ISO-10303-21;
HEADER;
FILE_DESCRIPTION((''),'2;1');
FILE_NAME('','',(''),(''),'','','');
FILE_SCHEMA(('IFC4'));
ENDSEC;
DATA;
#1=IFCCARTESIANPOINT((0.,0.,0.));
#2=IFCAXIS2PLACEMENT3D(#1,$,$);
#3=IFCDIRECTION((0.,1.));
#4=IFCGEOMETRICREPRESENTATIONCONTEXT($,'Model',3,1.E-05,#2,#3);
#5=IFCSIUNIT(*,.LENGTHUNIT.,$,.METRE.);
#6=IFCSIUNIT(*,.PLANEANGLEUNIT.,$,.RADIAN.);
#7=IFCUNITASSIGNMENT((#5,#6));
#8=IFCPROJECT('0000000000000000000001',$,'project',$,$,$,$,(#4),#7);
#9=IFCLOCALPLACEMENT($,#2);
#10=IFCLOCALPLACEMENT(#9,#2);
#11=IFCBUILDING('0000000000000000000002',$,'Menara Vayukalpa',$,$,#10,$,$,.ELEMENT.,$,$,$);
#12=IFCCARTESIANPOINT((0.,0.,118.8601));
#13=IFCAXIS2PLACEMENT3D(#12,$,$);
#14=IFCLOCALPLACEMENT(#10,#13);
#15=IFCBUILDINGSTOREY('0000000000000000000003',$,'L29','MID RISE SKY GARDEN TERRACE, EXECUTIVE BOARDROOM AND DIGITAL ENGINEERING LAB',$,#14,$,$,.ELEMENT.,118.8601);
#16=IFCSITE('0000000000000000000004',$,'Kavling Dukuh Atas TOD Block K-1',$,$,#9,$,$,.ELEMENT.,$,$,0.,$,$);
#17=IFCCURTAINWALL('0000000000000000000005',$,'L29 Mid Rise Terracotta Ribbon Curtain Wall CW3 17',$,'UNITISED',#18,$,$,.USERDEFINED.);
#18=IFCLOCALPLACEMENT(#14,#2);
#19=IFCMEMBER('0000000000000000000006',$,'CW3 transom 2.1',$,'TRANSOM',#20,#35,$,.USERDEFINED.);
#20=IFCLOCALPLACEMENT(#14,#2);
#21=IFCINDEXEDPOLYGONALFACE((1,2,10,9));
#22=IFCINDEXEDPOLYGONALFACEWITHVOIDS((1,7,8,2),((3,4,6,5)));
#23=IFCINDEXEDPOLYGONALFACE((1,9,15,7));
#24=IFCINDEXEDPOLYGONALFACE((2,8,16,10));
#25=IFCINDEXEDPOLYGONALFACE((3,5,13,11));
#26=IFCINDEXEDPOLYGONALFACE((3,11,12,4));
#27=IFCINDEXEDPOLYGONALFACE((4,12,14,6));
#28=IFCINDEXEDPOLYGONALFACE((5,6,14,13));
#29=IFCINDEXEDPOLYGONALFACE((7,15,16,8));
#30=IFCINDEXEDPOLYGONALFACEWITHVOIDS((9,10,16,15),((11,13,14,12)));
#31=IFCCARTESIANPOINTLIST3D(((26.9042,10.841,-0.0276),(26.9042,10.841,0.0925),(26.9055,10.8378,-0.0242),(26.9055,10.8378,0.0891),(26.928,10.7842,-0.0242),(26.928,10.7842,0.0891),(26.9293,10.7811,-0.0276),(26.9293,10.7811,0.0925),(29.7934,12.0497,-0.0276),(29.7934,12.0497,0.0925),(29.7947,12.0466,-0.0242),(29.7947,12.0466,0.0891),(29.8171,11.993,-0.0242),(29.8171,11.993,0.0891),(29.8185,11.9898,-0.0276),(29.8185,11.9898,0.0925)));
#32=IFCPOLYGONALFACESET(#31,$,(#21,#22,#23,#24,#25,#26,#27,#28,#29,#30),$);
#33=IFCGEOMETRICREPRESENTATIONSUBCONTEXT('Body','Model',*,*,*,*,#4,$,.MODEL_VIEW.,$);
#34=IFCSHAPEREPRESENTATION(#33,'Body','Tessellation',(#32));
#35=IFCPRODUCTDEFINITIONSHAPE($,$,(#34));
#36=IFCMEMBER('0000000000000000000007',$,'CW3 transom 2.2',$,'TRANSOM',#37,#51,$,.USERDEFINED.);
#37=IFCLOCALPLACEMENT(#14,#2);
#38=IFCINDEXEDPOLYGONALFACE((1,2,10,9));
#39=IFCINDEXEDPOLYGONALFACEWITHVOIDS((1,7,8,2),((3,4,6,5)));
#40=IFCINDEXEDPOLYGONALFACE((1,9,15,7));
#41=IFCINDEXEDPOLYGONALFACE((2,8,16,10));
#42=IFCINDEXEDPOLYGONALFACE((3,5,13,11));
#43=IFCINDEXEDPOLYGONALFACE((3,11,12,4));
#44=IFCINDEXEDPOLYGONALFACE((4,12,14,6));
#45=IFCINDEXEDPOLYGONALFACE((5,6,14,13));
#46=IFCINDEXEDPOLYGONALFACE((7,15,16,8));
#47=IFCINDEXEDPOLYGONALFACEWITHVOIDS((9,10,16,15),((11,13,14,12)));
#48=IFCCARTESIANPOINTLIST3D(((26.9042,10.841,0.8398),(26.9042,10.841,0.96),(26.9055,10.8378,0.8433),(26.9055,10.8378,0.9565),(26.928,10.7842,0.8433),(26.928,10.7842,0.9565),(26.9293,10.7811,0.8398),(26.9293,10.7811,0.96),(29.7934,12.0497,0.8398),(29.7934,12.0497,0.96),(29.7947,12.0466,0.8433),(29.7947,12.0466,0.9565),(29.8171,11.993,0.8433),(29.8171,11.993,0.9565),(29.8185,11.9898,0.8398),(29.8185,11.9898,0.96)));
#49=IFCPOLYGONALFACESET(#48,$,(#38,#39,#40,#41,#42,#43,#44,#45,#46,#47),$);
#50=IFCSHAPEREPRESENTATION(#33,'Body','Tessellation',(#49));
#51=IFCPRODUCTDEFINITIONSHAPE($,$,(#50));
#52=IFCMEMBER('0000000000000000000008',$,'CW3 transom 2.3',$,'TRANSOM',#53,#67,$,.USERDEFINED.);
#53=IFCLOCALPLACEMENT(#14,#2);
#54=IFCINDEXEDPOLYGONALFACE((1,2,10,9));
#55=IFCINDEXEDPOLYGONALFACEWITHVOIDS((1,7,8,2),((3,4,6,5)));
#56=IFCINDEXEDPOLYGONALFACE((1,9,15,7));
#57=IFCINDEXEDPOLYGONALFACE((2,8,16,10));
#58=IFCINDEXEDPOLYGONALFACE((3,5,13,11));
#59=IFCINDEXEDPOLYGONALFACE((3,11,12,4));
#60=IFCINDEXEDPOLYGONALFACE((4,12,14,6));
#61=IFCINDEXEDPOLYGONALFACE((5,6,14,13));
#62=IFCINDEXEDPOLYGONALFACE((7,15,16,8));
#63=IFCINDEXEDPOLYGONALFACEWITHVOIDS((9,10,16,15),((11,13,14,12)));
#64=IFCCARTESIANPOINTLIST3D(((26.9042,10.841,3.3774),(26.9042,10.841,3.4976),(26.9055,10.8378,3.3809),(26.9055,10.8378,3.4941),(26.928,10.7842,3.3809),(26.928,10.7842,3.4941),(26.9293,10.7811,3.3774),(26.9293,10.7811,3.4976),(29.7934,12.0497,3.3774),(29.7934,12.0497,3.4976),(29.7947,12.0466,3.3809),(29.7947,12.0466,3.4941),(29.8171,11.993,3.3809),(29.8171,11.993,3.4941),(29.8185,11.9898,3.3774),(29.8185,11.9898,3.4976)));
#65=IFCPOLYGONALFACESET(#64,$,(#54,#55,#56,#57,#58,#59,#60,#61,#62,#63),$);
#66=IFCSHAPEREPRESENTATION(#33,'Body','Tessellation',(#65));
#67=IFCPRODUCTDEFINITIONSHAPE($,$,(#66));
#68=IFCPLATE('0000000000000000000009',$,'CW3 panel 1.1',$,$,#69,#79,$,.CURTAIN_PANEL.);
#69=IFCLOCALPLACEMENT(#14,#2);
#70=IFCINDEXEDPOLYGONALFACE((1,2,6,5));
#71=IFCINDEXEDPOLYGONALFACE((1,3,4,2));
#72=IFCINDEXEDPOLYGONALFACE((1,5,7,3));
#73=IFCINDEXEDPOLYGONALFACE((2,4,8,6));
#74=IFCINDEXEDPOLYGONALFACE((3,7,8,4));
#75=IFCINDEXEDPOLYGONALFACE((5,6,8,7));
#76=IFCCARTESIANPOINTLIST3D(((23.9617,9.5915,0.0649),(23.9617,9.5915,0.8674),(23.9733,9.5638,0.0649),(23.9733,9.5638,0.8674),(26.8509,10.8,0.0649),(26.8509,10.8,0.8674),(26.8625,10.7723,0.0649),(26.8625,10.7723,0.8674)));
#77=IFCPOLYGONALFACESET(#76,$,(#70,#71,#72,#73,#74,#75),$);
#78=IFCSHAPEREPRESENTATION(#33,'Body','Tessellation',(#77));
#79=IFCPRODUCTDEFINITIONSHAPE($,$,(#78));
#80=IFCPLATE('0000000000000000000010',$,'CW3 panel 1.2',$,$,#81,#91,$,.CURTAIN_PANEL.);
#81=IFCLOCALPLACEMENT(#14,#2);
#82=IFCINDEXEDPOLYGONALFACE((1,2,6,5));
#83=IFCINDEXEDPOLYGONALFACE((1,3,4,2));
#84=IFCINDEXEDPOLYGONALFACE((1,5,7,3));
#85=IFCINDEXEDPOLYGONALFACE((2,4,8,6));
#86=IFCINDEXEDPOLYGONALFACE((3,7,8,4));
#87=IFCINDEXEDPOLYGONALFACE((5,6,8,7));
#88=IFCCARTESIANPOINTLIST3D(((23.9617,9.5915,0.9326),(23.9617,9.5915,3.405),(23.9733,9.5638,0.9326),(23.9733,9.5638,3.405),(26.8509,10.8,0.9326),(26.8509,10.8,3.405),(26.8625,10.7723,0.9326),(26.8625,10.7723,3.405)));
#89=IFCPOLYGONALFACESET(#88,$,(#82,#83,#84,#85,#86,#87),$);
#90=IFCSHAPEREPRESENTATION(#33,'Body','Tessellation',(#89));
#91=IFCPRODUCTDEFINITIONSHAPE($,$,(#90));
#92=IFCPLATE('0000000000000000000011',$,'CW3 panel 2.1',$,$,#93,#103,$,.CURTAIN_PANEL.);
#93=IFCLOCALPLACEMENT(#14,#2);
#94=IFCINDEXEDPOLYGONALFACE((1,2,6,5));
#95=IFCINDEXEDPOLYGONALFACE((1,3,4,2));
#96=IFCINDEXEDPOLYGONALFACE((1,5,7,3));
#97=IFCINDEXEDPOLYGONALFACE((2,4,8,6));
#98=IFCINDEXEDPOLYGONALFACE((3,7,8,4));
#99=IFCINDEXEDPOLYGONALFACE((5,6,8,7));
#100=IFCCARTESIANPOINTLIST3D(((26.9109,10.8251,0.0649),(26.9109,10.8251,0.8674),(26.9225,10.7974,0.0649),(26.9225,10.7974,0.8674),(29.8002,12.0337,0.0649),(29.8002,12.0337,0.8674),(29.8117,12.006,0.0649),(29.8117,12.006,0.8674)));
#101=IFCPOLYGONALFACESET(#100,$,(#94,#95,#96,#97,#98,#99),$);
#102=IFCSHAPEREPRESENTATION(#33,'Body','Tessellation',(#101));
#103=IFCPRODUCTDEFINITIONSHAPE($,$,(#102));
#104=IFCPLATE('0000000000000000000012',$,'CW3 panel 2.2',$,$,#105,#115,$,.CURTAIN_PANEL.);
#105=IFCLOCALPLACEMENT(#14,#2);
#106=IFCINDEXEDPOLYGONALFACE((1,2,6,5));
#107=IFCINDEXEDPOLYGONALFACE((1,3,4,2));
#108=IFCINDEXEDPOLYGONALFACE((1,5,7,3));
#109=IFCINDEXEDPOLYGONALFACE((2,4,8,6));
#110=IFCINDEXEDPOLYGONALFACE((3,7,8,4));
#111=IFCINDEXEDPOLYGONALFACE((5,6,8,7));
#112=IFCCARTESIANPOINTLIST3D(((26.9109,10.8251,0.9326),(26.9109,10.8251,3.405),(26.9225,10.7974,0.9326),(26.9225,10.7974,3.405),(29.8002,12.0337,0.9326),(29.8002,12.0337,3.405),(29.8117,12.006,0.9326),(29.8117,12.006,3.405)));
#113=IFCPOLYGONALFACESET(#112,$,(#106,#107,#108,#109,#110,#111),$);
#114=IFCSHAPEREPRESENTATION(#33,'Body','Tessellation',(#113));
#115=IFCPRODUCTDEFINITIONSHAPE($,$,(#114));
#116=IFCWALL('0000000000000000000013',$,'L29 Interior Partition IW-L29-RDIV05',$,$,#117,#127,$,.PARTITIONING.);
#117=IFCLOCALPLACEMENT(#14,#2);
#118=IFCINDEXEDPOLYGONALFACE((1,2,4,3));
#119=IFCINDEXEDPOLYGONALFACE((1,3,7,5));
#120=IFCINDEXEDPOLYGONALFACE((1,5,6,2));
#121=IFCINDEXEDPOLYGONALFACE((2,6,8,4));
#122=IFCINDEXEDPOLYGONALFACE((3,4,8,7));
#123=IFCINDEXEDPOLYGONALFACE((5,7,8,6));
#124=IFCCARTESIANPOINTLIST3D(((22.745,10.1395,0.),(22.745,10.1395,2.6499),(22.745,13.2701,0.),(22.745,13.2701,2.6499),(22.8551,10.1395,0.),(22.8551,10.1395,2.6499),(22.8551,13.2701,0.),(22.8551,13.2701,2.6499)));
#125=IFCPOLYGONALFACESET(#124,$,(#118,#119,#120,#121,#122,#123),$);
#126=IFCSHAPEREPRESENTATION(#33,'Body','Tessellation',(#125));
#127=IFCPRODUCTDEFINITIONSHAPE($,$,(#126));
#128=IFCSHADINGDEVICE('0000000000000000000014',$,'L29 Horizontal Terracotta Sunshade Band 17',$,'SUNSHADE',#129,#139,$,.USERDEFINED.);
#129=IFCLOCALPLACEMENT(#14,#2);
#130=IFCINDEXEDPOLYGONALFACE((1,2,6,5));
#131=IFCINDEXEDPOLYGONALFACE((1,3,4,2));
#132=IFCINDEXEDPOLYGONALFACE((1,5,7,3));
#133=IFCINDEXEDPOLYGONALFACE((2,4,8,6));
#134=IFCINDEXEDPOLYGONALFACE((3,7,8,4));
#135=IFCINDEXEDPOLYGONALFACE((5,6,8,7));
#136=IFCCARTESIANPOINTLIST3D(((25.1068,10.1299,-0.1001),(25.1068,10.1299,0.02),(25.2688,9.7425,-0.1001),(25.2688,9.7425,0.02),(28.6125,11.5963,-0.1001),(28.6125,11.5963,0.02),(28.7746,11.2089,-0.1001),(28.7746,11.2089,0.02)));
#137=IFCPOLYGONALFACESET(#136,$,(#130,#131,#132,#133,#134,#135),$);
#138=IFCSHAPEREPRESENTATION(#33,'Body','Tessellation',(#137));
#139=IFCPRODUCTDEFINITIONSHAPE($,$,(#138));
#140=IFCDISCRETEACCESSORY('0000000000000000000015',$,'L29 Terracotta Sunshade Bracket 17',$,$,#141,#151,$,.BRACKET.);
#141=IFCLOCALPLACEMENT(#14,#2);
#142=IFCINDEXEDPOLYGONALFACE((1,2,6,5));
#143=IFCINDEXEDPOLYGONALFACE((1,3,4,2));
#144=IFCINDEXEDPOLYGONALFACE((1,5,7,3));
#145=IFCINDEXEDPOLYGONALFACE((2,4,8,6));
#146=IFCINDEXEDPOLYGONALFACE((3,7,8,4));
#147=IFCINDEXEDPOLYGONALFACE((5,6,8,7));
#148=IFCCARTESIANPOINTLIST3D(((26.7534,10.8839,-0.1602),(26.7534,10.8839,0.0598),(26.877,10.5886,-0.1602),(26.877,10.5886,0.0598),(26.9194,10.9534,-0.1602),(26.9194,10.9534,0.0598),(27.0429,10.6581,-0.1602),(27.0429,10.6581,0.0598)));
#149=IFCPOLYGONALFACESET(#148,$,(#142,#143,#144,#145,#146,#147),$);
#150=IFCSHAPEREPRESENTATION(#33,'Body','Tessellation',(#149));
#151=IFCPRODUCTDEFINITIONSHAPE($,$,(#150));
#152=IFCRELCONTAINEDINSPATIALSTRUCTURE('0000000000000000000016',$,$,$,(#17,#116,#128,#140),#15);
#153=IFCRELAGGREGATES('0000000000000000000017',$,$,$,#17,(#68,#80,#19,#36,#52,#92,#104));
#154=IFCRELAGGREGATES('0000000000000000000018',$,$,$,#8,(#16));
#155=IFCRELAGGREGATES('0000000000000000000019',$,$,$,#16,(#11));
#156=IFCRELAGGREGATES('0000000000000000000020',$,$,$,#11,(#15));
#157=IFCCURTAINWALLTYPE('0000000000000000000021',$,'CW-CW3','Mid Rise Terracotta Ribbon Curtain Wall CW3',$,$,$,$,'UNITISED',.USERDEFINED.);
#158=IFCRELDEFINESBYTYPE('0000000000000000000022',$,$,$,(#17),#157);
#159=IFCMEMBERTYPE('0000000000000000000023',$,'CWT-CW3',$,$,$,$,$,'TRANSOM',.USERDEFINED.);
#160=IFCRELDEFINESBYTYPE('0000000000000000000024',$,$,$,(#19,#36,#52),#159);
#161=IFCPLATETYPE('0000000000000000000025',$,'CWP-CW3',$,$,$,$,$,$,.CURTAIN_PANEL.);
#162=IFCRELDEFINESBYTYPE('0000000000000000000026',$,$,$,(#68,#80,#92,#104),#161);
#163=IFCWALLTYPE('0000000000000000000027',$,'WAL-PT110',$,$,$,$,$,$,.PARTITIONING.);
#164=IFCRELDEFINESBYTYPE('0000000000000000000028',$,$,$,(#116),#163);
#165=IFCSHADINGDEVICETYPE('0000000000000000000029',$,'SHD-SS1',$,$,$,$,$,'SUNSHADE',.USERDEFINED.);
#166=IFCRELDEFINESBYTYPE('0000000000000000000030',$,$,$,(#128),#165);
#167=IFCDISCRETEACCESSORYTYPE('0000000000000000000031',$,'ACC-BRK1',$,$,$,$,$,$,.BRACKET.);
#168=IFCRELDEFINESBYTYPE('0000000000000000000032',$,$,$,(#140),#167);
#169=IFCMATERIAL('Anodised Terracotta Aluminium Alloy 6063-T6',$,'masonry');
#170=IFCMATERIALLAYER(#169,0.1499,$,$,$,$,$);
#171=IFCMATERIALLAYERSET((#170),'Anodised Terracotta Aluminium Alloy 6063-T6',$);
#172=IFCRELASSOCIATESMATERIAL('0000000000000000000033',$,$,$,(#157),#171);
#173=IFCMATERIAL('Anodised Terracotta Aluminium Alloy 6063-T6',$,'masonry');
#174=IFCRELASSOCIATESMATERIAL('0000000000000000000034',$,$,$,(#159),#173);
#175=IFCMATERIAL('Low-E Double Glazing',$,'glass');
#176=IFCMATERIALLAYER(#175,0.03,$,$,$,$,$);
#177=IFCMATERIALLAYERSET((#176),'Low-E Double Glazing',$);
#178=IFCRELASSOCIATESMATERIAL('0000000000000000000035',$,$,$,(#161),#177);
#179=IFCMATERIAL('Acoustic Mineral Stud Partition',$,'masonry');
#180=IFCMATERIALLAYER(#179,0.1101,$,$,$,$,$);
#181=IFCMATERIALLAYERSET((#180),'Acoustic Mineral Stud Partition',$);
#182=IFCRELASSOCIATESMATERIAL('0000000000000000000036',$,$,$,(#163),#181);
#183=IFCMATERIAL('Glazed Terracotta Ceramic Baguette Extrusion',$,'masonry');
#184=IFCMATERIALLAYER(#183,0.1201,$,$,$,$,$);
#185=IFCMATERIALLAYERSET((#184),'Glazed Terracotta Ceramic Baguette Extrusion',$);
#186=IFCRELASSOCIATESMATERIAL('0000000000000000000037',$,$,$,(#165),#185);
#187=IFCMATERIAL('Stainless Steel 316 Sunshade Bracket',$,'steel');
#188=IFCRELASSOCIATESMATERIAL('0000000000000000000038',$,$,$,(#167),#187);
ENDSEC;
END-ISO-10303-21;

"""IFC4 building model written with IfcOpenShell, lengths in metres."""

from ifc_helpers import new_model, si_unit, direction, frame, frame_2d, origin, origin_2d, place, context, subcontext, project, spatial, rectangle, hollow_rectangle, extrude, material, layer, layer_set, material_profile, profile_set, type_object, element, aggregate, save


model = new_model("IFC4")

# Units and contexts
model_context = context("Model", 3, precision=1e-05, world=origin(), true_north=direction((0.0, 1.0)))
body_context = subcontext(model_context, "Body", "Model", "MODEL_VIEW")
ifc_project = project(units=[si_unit("LENGTHUNIT", "METRE"), si_unit("PLANEANGLEUNIT", "RADIAN")], contexts=[model_context])

# Site, building, storey
site_placement = place(None, origin())
site = spatial("IfcSite", under=ifc_project, at=site_placement, Name="Kavling Dukuh Atas TOD Block K-1", CompositionType="ELEMENT", RefElevation=0.0)
building_placement = place(site_placement, origin())
building = spatial("IfcBuilding", under=site, at=building_placement, Name="Menara Vayukalpa", CompositionType="ELEMENT")
storey_placement = place(building_placement, frame((0.0, 0.0, 118.8601)))
storey = spatial("IfcBuildingStorey", under=building, at=storey_placement, Name="L29", Description="MID RISE SKY GARDEN TERRACE, EXECUTIVE BOARDROOM AND DIGITAL ENGINEERING LAB", CompositionType="ELEMENT", Elevation=118.8601)

# Shared definitions
ifc_material_1 = material(Name="Anodised Terracotta Aluminium Alloy 6063-T6", Category="masonry")
ifc_layer_1 = layer(ifc_material_1, 0.1499)
ifc_layer_set_1 = layer_set([ifc_layer_1], Name="Anodised Terracotta Aluminium Alloy 6063-T6")
curtain_wall_type = type_object("IfcCurtainWallType", Name="CW-CW3", Description="Mid Rise Terracotta Ribbon Curtain Wall CW3", ElementType="UNITISED", PredefinedType="USERDEFINED", material=ifc_layer_set_1)

# Curtain wall, members, plates
curtain_wall_1_placement = place(storey_placement, origin())
curtain_wall_1 = element("IfcCurtainWall", 1, at=curtain_wall_1_placement, inside=storey, type_object=curtain_wall_type, Name="L29 Mid Rise Terracotta Ribbon Curtain Wall CW3 17", ObjectType="UNITISED", PredefinedType="USERDEFINED")
ifc_material_2 = material(Name="Anodised Terracotta Aluminium Alloy 6063-T6", Category="masonry")
ifc_material_profile_1 = material_profile(ifc_material_2, hollow_rectangle(XDim=0.0649, YDim=0.1201, WallThickness=0.0034, at=origin_2d()), Name="ALU 65x120x3.5")
ifc_profile_set_1 = profile_set([ifc_material_profile_1], Name="Anodised Terracotta Aluminium Alloy 6063-T6")
member_type_1 = type_object("IfcMemberType", Name="CWT-CW3", ElementType="TRANSOM", PredefinedType="USERDEFINED", material=ifc_profile_set_1)
member_1_placement = place(storey_placement, frame((26.9167, 10.811, 0.0325), z_axis=(0.922518, 0.385955, 0.0), x_axis=(-0.385955, 0.922518, 0.0)))
member_1 = element("IfcMember", 2, at=member_1_placement, type_object=member_type_1, Name="CW3 transom 2.1", ObjectType="TRANSOM", PredefinedType="USERDEFINED", context=body_context, shape_type="SweptSolid", body=[
    extrude(hollow_rectangle(XDim=0.0649, YDim=0.1201, WallThickness=0.0034, at=origin_2d()), origin(), (0.0, 0.0, 1.0), 3.1318),
])
member_2_placement = place(storey_placement, frame((26.9167, 10.811, 0.8999), z_axis=(0.922518, 0.385955, 0.0), x_axis=(-0.385955, 0.922518, 0.0)))
member_2 = element("IfcMember", 3, at=member_2_placement, type_object=member_type_1, Name="CW3 transom 2.2", ObjectType="TRANSOM", PredefinedType="USERDEFINED", context=body_context, shape_type="SweptSolid", body=[
    extrude(hollow_rectangle(XDim=0.0649, YDim=0.1201, WallThickness=0.0034, at=origin_2d()), origin(), (0.0, 0.0, 1.0), 3.1318),
])
member_3_placement = place(storey_placement, frame((26.9167, 10.811, 3.4375), z_axis=(0.922518, 0.385955, 0.0), x_axis=(-0.385955, 0.922518, 0.0)))
member_3 = element("IfcMember", 4, at=member_3_placement, type_object=member_type_1, Name="CW3 transom 2.3", ObjectType="TRANSOM", PredefinedType="USERDEFINED", context=body_context, shape_type="SweptSolid", body=[
    extrude(hollow_rectangle(XDim=0.0649, YDim=0.1201, WallThickness=0.0034, at=origin_2d()), origin(), (0.0, 0.0, 1.0), 3.1318),
])
ifc_material_3 = material(Name="Low-E Double Glazing", Category="glass")
ifc_layer_2 = layer(ifc_material_3, 0.03)
ifc_layer_set_2 = layer_set([ifc_layer_2], Name="Low-E Double Glazing")
plate_type = type_object("IfcPlateType", Name="CWP-CW3", PredefinedType="CURTAIN_PANEL", material=ifc_layer_set_2)
plate_1_placement = place(storey_placement, frame((25.4121, 10.1819, 0.0649), z_axis=(0.0, 0.0, 1.0), x_axis=(0.922543, 0.385894, 0.0)))
plate_1 = element("IfcPlate", 5, at=plate_1_placement, type_object=plate_type, Name="CW3 panel 1.1", PredefinedType="CURTAIN_PANEL", context=body_context, shape_type="SweptSolid", body=[
    extrude(rectangle(XDim=3.1318, YDim=0.03, at=origin_2d()), origin(), (0.0, 0.0, 1.0), 0.8025),
])
plate_2_placement = place(storey_placement, frame((25.4121, 10.1819, 0.9326), z_axis=(0.0, 0.0, 1.0), x_axis=(0.922543, 0.385894, 0.0)))
plate_2 = element("IfcPlate", 6, at=plate_2_placement, type_object=plate_type, Name="CW3 panel 1.2", PredefinedType="CURTAIN_PANEL", context=body_context, shape_type="SweptSolid", body=[
    extrude(rectangle(XDim=3.1318, YDim=0.03, at=origin_2d()), origin(), (0.0, 0.0, 1.0), 2.4724),
])
plate_3_placement = place(storey_placement, frame((28.3613, 11.4155, 0.0649), z_axis=(0.0, 0.0, 1.0), x_axis=(0.922543, 0.385894, 0.0)))
plate_3 = element("IfcPlate", 7, at=plate_3_placement, type_object=plate_type, Name="CW3 panel 2.1", PredefinedType="CURTAIN_PANEL", context=body_context, shape_type="SweptSolid", body=[
    extrude(rectangle(XDim=3.1318, YDim=0.03, at=origin_2d()), origin(), (0.0, 0.0, 1.0), 0.8025),
])
plate_4_placement = place(storey_placement, frame((28.3613, 11.4155, 0.9326), z_axis=(0.0, 0.0, 1.0), x_axis=(0.922543, 0.385894, 0.0)))
plate_4 = element("IfcPlate", 8, at=plate_4_placement, type_object=plate_type, Name="CW3 panel 2.2", PredefinedType="CURTAIN_PANEL", context=body_context, shape_type="SweptSolid", body=[
    extrude(rectangle(XDim=3.1318, YDim=0.03, at=origin_2d()), origin(), (0.0, 0.0, 1.0), 2.4724),
])
aggregate(curtain_wall_1, [plate_1, plate_2, member_1, member_2, member_3, plate_3, plate_4])

# Wall
ifc_material_4 = material(Name="Acoustic Mineral Stud Partition", Category="masonry")
ifc_layer_3 = layer(ifc_material_4, 0.1101)
ifc_layer_set_3 = layer_set([ifc_layer_3], Name="Acoustic Mineral Stud Partition")
wall_type = type_object("IfcWallType", Name="WAL-PT110", PredefinedType="PARTITIONING", material=ifc_layer_set_3)
wall_placement = place(storey_placement, frame((22.8, 10.1394, 0.0), z_axis=(0.0, 0.0, 1.0), x_axis=(0.0, 1.0, 0.0)))
element("IfcWall", 9, at=wall_placement, inside=storey, type_object=wall_type, Name="L29 Interior Partition IW-L29-RDIV05", PredefinedType="PARTITIONING", context=body_context, shape_type="SweptSolid", body=[
    extrude(rectangle(XDim=3.1306, YDim=0.1101, at=frame_2d((1.5654, 0.0))), origin(), (0.0, 0.0, 1.0), 2.6499),
])

# Shading device
ifc_material_5 = material(Name="Glazed Terracotta Ceramic Baguette Extrusion", Category="masonry")
ifc_layer_4 = layer(ifc_material_5, 0.1201)
ifc_layer_set_4 = layer_set([ifc_layer_4], Name="Glazed Terracotta Ceramic Baguette Extrusion")
shading_device_type = type_object("IfcShadingDeviceType", Name="SHD-SS1", ElementType="SUNSHADE", PredefinedType="USERDEFINED", material=ifc_layer_set_4)
shading_device_placement = place(storey_placement, frame((26.9407, 10.6694, -0.1001), z_axis=(0.0, 0.0, 1.0), x_axis=(0.922545, 0.38589, 0.0)))
element("IfcShadingDevice", 10, at=shading_device_placement, inside=storey, type_object=shading_device_type, Name="L29 Horizontal Terracotta Sunshade Band 17", ObjectType="SUNSHADE", PredefinedType="USERDEFINED", context=body_context, shape_type="SweptSolid", body=[
    extrude(rectangle(XDim=3.8, YDim=0.4199, at=origin_2d()), origin(), (0.0, 0.0, 1.0), 0.1201),
])

# Discrete accessory
ifc_material_6 = material(Name="Stainless Steel 316 Sunshade Bracket", Category="steel")
discrete_accessory_type = type_object("IfcDiscreteAccessoryType", Name="ACC-BRK1", PredefinedType="BRACKET", material=ifc_material_6)
discrete_accessory_placement = place(storey_placement, frame((26.8982, 10.771, -0.1602), z_axis=(0.0, 0.0, 1.0), x_axis=(0.922545, 0.38589, 0.0)))
element("IfcDiscreteAccessory", 11, at=discrete_accessory_placement, inside=storey, type_object=discrete_accessory_type, Name="L29 Terracotta Sunshade Bracket 17", PredefinedType="BRACKET", context=body_context, shape_type="SweptSolid", body=[
    extrude(rectangle(XDim=0.1799, YDim=0.3201, at=origin_2d()), origin(), (0.0, 0.0, 1.0), 0.22),
])

save(model, "model.ifc")
